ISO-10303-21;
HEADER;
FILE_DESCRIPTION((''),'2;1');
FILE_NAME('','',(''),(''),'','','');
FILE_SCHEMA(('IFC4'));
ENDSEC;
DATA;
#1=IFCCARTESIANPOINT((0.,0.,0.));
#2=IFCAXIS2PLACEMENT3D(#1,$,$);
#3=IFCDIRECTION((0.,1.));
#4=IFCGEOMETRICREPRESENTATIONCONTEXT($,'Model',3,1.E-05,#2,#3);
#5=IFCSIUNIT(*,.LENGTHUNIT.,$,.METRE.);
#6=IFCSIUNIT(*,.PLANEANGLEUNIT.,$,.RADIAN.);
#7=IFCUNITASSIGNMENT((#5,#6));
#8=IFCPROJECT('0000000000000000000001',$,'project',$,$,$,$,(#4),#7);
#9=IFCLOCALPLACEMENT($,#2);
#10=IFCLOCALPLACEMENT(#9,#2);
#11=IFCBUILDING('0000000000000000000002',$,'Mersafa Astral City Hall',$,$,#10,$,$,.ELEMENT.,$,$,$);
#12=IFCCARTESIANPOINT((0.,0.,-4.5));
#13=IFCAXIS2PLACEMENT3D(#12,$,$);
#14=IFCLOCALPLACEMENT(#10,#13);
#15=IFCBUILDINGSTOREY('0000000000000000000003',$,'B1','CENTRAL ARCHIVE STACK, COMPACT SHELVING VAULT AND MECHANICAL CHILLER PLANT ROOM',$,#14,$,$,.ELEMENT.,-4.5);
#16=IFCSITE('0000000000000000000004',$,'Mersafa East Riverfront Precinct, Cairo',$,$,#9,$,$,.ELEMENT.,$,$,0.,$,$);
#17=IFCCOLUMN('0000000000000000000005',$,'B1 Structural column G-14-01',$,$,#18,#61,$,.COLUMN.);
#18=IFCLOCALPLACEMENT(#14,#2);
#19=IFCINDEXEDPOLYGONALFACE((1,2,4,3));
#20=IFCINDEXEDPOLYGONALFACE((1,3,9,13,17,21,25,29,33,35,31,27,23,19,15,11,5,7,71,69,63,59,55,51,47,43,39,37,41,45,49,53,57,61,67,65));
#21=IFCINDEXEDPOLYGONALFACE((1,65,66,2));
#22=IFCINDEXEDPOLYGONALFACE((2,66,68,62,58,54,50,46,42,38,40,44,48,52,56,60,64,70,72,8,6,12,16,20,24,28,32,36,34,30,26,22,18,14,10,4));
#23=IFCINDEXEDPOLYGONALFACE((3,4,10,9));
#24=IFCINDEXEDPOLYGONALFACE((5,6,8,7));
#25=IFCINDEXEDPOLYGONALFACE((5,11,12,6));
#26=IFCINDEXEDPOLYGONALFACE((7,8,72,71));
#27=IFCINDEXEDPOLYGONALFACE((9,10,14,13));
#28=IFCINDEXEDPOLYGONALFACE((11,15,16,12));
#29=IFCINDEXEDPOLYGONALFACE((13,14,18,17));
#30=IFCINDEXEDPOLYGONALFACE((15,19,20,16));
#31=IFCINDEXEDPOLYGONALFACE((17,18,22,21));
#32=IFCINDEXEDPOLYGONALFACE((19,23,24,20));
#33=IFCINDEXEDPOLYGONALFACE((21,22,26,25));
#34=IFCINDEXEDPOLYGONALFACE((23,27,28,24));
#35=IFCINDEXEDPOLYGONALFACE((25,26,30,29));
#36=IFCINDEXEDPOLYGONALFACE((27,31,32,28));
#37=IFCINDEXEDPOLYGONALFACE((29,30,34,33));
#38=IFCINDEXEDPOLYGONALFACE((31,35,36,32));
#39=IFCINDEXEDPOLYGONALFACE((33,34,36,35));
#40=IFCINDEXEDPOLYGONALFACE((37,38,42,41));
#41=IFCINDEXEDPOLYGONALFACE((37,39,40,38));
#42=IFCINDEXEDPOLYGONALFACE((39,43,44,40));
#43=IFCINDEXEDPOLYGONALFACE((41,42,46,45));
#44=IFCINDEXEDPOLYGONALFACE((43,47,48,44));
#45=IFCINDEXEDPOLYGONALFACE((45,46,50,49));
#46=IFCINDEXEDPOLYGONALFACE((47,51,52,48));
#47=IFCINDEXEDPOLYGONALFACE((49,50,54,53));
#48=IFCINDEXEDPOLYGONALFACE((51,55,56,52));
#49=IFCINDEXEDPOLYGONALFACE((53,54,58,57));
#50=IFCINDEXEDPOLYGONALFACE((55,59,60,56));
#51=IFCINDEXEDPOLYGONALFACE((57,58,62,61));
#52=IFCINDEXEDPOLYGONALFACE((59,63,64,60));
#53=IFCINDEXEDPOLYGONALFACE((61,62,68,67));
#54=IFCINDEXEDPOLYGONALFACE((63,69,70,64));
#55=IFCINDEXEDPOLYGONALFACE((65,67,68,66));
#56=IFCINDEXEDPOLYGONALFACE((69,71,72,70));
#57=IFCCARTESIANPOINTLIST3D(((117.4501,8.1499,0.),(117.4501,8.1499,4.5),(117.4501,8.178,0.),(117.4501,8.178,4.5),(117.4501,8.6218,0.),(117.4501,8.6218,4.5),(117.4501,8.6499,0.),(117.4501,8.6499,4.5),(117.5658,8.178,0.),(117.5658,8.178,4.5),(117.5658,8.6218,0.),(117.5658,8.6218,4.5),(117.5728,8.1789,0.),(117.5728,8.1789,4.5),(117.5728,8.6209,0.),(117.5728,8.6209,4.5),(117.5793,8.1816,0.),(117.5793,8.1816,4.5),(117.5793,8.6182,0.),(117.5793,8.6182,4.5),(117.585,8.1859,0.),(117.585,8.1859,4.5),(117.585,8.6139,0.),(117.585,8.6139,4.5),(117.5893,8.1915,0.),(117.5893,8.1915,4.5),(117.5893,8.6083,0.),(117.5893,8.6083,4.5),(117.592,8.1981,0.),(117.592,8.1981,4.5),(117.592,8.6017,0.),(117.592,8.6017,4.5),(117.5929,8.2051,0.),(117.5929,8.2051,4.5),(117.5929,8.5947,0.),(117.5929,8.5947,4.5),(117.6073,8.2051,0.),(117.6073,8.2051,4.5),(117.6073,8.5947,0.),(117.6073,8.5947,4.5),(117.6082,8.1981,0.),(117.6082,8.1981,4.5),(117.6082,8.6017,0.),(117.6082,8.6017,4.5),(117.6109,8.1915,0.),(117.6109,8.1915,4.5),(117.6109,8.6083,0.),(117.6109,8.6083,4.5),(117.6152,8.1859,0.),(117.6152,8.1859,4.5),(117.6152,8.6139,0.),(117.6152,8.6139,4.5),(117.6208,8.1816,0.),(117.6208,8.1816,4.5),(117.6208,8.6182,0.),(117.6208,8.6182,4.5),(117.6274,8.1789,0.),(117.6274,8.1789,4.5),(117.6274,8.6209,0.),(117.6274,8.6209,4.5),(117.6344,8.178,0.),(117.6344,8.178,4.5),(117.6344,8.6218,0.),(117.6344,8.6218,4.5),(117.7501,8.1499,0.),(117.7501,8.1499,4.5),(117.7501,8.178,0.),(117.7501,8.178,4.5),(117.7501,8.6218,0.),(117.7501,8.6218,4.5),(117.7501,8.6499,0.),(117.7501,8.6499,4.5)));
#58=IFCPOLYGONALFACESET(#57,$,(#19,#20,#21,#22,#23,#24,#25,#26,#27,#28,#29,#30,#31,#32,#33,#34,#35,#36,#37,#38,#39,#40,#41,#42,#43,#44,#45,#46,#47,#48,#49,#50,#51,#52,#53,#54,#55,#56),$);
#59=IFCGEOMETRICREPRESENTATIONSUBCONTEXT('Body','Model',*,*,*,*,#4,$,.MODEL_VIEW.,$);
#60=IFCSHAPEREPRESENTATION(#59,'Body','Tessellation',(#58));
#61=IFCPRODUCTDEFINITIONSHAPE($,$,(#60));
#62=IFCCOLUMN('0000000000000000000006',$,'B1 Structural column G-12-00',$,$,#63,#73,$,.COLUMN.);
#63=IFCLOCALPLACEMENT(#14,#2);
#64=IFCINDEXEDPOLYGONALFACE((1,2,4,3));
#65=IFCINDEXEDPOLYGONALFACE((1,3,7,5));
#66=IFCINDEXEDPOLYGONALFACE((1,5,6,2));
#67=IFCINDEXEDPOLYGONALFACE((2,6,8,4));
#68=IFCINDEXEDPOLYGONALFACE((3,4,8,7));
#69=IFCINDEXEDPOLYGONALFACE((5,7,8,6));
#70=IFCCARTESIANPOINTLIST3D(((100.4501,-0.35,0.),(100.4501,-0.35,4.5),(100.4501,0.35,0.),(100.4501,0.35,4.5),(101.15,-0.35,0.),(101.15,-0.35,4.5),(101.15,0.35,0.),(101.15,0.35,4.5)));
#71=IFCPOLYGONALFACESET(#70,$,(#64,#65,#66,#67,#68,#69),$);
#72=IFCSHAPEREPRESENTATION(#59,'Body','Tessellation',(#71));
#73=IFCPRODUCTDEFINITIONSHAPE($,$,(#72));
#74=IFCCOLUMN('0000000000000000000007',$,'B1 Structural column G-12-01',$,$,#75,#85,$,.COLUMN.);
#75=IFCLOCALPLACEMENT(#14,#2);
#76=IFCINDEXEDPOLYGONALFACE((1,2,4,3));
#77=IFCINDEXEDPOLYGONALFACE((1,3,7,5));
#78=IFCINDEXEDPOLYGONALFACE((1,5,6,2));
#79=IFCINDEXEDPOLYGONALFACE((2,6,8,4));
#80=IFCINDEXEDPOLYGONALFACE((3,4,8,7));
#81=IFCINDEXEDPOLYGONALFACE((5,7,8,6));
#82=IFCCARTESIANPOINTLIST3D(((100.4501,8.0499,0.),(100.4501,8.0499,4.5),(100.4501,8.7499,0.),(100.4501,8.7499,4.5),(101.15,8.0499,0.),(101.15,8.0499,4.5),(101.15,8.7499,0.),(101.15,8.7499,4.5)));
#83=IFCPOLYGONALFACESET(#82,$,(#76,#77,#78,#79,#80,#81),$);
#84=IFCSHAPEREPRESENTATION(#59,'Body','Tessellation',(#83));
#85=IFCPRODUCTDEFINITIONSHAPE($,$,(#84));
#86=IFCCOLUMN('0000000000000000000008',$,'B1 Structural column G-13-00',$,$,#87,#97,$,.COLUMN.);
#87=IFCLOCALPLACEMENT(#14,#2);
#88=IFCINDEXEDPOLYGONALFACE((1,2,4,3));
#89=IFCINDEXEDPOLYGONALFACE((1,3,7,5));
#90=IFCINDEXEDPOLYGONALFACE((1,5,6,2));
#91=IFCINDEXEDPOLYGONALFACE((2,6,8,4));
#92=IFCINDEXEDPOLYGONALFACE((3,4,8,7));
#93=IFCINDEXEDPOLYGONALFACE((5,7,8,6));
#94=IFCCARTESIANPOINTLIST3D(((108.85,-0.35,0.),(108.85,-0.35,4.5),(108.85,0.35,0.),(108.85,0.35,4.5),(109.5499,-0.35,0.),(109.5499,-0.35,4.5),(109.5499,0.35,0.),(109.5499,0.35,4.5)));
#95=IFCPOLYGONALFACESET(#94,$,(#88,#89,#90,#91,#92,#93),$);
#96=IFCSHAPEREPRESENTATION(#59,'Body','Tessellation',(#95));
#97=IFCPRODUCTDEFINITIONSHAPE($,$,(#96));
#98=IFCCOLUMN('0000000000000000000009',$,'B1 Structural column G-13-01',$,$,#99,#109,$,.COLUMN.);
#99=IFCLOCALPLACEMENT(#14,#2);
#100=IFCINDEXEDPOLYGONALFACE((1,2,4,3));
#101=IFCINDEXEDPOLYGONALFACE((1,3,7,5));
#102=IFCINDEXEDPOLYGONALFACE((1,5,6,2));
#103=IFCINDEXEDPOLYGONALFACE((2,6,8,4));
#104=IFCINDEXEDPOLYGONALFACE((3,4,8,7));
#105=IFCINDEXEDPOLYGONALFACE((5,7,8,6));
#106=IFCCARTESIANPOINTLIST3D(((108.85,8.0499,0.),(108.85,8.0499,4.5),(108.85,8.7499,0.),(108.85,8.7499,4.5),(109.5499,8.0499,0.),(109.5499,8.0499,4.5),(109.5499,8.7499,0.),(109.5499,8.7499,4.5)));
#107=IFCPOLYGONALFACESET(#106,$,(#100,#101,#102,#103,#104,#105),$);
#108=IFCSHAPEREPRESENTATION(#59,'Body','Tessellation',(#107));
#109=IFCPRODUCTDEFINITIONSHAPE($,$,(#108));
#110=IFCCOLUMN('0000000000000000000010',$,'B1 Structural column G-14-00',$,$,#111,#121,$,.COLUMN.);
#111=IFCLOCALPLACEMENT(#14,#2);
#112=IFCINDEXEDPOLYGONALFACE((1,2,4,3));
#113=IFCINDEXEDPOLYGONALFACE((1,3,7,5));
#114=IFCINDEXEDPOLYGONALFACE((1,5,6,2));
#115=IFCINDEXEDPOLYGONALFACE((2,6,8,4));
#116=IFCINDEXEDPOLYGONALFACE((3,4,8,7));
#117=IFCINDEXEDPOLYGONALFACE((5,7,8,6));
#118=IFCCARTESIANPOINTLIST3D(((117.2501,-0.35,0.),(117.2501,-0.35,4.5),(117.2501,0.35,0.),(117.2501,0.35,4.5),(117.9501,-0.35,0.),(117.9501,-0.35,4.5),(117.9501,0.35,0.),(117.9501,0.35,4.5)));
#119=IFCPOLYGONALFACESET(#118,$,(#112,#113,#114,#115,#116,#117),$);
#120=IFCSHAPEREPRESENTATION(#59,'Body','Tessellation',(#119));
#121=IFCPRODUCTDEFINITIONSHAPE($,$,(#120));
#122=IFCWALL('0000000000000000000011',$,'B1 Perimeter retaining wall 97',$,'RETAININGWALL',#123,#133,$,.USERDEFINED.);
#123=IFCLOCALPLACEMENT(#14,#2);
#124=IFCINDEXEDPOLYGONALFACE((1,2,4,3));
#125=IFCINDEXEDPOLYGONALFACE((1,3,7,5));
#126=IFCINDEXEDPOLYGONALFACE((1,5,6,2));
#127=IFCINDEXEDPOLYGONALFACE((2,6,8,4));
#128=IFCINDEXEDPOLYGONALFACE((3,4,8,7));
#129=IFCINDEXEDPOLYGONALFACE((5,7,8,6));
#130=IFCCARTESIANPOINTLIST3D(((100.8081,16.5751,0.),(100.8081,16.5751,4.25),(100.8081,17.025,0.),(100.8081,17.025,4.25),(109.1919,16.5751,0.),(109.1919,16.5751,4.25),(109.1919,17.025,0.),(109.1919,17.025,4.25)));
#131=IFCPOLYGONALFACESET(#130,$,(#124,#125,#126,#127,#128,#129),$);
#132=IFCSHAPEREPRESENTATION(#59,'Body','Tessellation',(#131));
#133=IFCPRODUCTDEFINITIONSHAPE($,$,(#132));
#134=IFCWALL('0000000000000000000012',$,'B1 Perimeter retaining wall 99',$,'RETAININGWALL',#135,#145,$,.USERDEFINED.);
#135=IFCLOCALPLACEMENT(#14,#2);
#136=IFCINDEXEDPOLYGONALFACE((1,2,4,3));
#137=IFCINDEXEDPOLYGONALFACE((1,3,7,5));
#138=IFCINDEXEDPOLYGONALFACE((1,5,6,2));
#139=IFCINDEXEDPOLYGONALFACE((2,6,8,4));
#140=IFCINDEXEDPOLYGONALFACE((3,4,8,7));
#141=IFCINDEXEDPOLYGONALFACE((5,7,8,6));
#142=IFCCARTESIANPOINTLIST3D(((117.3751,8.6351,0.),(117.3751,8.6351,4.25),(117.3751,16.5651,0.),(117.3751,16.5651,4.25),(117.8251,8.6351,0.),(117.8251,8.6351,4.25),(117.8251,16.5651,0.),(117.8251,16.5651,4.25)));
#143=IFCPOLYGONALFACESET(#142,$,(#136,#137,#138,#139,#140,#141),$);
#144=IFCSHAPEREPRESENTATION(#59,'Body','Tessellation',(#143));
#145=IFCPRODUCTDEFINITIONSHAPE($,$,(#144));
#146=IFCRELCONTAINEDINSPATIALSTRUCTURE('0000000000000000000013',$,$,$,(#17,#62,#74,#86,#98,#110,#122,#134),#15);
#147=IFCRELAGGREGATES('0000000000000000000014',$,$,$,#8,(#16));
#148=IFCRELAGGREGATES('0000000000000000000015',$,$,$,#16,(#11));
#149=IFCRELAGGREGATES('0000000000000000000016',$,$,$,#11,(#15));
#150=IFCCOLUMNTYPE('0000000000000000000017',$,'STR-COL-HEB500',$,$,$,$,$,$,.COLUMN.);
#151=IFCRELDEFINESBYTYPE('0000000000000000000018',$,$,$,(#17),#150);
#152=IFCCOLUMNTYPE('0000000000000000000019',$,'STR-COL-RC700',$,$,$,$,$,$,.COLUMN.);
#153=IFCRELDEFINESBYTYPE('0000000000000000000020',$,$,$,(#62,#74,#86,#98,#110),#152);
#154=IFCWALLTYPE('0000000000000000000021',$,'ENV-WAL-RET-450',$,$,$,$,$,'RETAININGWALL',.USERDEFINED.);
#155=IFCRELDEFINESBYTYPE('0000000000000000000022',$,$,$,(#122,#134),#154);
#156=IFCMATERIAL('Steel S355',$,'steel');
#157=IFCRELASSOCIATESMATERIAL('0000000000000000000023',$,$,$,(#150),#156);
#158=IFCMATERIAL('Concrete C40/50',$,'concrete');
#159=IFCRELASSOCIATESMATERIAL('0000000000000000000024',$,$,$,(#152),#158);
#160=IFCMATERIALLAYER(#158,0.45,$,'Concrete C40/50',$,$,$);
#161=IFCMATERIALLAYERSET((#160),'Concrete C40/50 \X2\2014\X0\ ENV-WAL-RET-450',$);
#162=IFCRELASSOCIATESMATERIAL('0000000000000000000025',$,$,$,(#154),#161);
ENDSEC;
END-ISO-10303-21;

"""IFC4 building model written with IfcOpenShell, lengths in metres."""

from ifc_helpers import new_model, si_unit, direction, frame, frame_2d, origin, origin_2d, place, context, subcontext, project, spatial, rectangle, i_section, extrude, material, layer, layer_set, material_profile, profile_set, type_object, element, save


model = new_model("IFC4")

# Units and contexts
model_context = context("Model", 3, precision=1e-05, world=origin(), true_north=direction((0.0, 1.0)))
body_context = subcontext(model_context, "Body", "Model", "MODEL_VIEW")
ifc_project = project(units=[si_unit("LENGTHUNIT", "METRE"), si_unit("PLANEANGLEUNIT", "RADIAN")], contexts=[model_context])

# Site, building, storey
site_placement = place(None, origin())
site = spatial("IfcSite", under=ifc_project, at=site_placement, Name="Mersafa East Riverfront Precinct, Cairo", CompositionType="ELEMENT", RefElevation=0.0)
building_placement = place(site_placement, origin())
building = spatial("IfcBuilding", under=site, at=building_placement, Name="Mersafa Astral City Hall", CompositionType="ELEMENT")
storey_placement = place(building_placement, frame((0.0, 0.0, -4.5)))
storey = spatial("IfcBuildingStorey", under=building, at=storey_placement, Name="B1", Description="CENTRAL ARCHIVE STACK, COMPACT SHELVING VAULT AND MECHANICAL CHILLER PLANT ROOM", CompositionType="ELEMENT", Elevation=-4.5)

# Shared definitions
ifc_material_1 = material(Name="Concrete C40/50", Category="concrete")

# Columns
ifc_material_2 = material(Name="Steel S355", Category="steel")
ifc_material_profile_1 = material_profile(ifc_material_2, i_section(OverallWidth=0.3, OverallDepth=0.5, WebThickness=0.0144, FlangeThickness=0.0281, FilletRadius=0.0271, at=origin_2d()), Name="HEB 500")
ifc_profile_set_1 = profile_set([ifc_material_profile_1], Name="Steel S355")
column_type_1 = type_object("IfcColumnType", Name="STR-COL-HEB500", PredefinedType="COLUMN", material=ifc_profile_set_1)
column_1_placement = place(storey_placement, frame((117.6001, 8.3999, 0.0), z_axis=(0.0, 0.0, 1.0), x_axis=(1.0, 0.0, 0.0)))
element("IfcColumn", 1, at=column_1_placement, inside=storey, type_object=column_type_1, Name="B1 Structural column G-14-01", PredefinedType="COLUMN", context=body_context, shape_type="SweptSolid", body=[
    extrude(i_section(OverallWidth=0.3, OverallDepth=0.5, WebThickness=0.0144, FlangeThickness=0.0281, FilletRadius=0.0271, at=origin_2d()), origin(), (0.0, 0.0, 1.0), 4.5),
])
ifc_material_profile_2 = material_profile(ifc_material_1, rectangle(XDim=0.7, YDim=0.7, at=origin_2d()), Name="RC 700x700")
ifc_profile_set_2 = profile_set([ifc_material_profile_2], Name="Concrete C40/50")
column_type_2 = type_object("IfcColumnType", Name="STR-COL-RC700", PredefinedType="COLUMN", material=ifc_profile_set_2)
for number, where, z_axis, x_axis, name in (
    (2, (100.8, 0.0, 0.0), (0.0, 0.0, 1.0), (1.0, 0.0, 0.0), "B1 Structural column G-12-00"),
    (3, (100.8, 8.3999, 0.0), (0.0, 0.0, 1.0), (1.0, 0.0, 0.0), "B1 Structural column G-12-01"),
    (4, (109.2, 0.0, 0.0), (0.0, 0.0, 1.0), (1.0, 0.0, 0.0), "B1 Structural column G-13-00"),
    (5, (109.2, 8.3999, 0.0), (0.0, 0.0, 1.0), (1.0, 0.0, 0.0), "B1 Structural column G-13-01"),
    (6, (117.6001, 0.0, 0.0), (0.0, 0.0, 1.0), (1.0, 0.0, 0.0), "B1 Structural column G-14-00"),
):
    element("IfcColumn", number, at=place(storey_placement, frame(where, z_axis=z_axis, x_axis=x_axis)), inside=storey, type_object=column_type_2, Name=name, PredefinedType="COLUMN", context=body_context, shape_type="SweptSolid", body=[
        extrude(rectangle(XDim=0.7, YDim=0.7, at=origin_2d()), origin(), (0.0, 0.0, 1.0), 4.5),
    ])

# Walls
ifc_layer_1 = layer(ifc_material_1, 0.45, Name="Concrete C40/50")
ifc_layer_set_1 = layer_set([ifc_layer_1], Name="Concrete C40/50 — ENV-WAL-RET-450")
wall_type = type_object("IfcWallType", Name="ENV-WAL-RET-450", ElementType="RETAININGWALL", PredefinedType="USERDEFINED", material=ifc_layer_set_1)
wall_1_placement = place(storey_placement, frame((100.8081, 16.8, 0.0), z_axis=(0.0, 0.0, 1.0), x_axis=(1.0, 0.0, 0.0)))
element("IfcWall", 7, at=wall_1_placement, inside=storey, type_object=wall_type, Name="B1 Perimeter retaining wall 97", ObjectType="RETAININGWALL", PredefinedType="USERDEFINED", context=body_context, shape_type="SweptSolid", body=[
    extrude(rectangle(XDim=8.3838, YDim=0.45, at=frame_2d((4.1919, 0.0))), origin(), (0.0, 0.0, 1.0), 4.25),
])
wall_2_placement = place(storey_placement, frame((117.6001, 16.5649, 0.0), z_axis=(0.0, 0.0, 1.0), x_axis=(0.0, -1.0, 0.0)))
element("IfcWall", 8, at=wall_2_placement, inside=storey, type_object=wall_type, Name="B1 Perimeter retaining wall 99", ObjectType="RETAININGWALL", PredefinedType="USERDEFINED", context=body_context, shape_type="SweptSolid", body=[
    extrude(rectangle(XDim=7.9299, YDim=0.45, at=frame_2d((3.9648, 0.0))), origin(), (0.0, 0.0, 1.0), 4.25),
])

save(model, "model.ifc")
